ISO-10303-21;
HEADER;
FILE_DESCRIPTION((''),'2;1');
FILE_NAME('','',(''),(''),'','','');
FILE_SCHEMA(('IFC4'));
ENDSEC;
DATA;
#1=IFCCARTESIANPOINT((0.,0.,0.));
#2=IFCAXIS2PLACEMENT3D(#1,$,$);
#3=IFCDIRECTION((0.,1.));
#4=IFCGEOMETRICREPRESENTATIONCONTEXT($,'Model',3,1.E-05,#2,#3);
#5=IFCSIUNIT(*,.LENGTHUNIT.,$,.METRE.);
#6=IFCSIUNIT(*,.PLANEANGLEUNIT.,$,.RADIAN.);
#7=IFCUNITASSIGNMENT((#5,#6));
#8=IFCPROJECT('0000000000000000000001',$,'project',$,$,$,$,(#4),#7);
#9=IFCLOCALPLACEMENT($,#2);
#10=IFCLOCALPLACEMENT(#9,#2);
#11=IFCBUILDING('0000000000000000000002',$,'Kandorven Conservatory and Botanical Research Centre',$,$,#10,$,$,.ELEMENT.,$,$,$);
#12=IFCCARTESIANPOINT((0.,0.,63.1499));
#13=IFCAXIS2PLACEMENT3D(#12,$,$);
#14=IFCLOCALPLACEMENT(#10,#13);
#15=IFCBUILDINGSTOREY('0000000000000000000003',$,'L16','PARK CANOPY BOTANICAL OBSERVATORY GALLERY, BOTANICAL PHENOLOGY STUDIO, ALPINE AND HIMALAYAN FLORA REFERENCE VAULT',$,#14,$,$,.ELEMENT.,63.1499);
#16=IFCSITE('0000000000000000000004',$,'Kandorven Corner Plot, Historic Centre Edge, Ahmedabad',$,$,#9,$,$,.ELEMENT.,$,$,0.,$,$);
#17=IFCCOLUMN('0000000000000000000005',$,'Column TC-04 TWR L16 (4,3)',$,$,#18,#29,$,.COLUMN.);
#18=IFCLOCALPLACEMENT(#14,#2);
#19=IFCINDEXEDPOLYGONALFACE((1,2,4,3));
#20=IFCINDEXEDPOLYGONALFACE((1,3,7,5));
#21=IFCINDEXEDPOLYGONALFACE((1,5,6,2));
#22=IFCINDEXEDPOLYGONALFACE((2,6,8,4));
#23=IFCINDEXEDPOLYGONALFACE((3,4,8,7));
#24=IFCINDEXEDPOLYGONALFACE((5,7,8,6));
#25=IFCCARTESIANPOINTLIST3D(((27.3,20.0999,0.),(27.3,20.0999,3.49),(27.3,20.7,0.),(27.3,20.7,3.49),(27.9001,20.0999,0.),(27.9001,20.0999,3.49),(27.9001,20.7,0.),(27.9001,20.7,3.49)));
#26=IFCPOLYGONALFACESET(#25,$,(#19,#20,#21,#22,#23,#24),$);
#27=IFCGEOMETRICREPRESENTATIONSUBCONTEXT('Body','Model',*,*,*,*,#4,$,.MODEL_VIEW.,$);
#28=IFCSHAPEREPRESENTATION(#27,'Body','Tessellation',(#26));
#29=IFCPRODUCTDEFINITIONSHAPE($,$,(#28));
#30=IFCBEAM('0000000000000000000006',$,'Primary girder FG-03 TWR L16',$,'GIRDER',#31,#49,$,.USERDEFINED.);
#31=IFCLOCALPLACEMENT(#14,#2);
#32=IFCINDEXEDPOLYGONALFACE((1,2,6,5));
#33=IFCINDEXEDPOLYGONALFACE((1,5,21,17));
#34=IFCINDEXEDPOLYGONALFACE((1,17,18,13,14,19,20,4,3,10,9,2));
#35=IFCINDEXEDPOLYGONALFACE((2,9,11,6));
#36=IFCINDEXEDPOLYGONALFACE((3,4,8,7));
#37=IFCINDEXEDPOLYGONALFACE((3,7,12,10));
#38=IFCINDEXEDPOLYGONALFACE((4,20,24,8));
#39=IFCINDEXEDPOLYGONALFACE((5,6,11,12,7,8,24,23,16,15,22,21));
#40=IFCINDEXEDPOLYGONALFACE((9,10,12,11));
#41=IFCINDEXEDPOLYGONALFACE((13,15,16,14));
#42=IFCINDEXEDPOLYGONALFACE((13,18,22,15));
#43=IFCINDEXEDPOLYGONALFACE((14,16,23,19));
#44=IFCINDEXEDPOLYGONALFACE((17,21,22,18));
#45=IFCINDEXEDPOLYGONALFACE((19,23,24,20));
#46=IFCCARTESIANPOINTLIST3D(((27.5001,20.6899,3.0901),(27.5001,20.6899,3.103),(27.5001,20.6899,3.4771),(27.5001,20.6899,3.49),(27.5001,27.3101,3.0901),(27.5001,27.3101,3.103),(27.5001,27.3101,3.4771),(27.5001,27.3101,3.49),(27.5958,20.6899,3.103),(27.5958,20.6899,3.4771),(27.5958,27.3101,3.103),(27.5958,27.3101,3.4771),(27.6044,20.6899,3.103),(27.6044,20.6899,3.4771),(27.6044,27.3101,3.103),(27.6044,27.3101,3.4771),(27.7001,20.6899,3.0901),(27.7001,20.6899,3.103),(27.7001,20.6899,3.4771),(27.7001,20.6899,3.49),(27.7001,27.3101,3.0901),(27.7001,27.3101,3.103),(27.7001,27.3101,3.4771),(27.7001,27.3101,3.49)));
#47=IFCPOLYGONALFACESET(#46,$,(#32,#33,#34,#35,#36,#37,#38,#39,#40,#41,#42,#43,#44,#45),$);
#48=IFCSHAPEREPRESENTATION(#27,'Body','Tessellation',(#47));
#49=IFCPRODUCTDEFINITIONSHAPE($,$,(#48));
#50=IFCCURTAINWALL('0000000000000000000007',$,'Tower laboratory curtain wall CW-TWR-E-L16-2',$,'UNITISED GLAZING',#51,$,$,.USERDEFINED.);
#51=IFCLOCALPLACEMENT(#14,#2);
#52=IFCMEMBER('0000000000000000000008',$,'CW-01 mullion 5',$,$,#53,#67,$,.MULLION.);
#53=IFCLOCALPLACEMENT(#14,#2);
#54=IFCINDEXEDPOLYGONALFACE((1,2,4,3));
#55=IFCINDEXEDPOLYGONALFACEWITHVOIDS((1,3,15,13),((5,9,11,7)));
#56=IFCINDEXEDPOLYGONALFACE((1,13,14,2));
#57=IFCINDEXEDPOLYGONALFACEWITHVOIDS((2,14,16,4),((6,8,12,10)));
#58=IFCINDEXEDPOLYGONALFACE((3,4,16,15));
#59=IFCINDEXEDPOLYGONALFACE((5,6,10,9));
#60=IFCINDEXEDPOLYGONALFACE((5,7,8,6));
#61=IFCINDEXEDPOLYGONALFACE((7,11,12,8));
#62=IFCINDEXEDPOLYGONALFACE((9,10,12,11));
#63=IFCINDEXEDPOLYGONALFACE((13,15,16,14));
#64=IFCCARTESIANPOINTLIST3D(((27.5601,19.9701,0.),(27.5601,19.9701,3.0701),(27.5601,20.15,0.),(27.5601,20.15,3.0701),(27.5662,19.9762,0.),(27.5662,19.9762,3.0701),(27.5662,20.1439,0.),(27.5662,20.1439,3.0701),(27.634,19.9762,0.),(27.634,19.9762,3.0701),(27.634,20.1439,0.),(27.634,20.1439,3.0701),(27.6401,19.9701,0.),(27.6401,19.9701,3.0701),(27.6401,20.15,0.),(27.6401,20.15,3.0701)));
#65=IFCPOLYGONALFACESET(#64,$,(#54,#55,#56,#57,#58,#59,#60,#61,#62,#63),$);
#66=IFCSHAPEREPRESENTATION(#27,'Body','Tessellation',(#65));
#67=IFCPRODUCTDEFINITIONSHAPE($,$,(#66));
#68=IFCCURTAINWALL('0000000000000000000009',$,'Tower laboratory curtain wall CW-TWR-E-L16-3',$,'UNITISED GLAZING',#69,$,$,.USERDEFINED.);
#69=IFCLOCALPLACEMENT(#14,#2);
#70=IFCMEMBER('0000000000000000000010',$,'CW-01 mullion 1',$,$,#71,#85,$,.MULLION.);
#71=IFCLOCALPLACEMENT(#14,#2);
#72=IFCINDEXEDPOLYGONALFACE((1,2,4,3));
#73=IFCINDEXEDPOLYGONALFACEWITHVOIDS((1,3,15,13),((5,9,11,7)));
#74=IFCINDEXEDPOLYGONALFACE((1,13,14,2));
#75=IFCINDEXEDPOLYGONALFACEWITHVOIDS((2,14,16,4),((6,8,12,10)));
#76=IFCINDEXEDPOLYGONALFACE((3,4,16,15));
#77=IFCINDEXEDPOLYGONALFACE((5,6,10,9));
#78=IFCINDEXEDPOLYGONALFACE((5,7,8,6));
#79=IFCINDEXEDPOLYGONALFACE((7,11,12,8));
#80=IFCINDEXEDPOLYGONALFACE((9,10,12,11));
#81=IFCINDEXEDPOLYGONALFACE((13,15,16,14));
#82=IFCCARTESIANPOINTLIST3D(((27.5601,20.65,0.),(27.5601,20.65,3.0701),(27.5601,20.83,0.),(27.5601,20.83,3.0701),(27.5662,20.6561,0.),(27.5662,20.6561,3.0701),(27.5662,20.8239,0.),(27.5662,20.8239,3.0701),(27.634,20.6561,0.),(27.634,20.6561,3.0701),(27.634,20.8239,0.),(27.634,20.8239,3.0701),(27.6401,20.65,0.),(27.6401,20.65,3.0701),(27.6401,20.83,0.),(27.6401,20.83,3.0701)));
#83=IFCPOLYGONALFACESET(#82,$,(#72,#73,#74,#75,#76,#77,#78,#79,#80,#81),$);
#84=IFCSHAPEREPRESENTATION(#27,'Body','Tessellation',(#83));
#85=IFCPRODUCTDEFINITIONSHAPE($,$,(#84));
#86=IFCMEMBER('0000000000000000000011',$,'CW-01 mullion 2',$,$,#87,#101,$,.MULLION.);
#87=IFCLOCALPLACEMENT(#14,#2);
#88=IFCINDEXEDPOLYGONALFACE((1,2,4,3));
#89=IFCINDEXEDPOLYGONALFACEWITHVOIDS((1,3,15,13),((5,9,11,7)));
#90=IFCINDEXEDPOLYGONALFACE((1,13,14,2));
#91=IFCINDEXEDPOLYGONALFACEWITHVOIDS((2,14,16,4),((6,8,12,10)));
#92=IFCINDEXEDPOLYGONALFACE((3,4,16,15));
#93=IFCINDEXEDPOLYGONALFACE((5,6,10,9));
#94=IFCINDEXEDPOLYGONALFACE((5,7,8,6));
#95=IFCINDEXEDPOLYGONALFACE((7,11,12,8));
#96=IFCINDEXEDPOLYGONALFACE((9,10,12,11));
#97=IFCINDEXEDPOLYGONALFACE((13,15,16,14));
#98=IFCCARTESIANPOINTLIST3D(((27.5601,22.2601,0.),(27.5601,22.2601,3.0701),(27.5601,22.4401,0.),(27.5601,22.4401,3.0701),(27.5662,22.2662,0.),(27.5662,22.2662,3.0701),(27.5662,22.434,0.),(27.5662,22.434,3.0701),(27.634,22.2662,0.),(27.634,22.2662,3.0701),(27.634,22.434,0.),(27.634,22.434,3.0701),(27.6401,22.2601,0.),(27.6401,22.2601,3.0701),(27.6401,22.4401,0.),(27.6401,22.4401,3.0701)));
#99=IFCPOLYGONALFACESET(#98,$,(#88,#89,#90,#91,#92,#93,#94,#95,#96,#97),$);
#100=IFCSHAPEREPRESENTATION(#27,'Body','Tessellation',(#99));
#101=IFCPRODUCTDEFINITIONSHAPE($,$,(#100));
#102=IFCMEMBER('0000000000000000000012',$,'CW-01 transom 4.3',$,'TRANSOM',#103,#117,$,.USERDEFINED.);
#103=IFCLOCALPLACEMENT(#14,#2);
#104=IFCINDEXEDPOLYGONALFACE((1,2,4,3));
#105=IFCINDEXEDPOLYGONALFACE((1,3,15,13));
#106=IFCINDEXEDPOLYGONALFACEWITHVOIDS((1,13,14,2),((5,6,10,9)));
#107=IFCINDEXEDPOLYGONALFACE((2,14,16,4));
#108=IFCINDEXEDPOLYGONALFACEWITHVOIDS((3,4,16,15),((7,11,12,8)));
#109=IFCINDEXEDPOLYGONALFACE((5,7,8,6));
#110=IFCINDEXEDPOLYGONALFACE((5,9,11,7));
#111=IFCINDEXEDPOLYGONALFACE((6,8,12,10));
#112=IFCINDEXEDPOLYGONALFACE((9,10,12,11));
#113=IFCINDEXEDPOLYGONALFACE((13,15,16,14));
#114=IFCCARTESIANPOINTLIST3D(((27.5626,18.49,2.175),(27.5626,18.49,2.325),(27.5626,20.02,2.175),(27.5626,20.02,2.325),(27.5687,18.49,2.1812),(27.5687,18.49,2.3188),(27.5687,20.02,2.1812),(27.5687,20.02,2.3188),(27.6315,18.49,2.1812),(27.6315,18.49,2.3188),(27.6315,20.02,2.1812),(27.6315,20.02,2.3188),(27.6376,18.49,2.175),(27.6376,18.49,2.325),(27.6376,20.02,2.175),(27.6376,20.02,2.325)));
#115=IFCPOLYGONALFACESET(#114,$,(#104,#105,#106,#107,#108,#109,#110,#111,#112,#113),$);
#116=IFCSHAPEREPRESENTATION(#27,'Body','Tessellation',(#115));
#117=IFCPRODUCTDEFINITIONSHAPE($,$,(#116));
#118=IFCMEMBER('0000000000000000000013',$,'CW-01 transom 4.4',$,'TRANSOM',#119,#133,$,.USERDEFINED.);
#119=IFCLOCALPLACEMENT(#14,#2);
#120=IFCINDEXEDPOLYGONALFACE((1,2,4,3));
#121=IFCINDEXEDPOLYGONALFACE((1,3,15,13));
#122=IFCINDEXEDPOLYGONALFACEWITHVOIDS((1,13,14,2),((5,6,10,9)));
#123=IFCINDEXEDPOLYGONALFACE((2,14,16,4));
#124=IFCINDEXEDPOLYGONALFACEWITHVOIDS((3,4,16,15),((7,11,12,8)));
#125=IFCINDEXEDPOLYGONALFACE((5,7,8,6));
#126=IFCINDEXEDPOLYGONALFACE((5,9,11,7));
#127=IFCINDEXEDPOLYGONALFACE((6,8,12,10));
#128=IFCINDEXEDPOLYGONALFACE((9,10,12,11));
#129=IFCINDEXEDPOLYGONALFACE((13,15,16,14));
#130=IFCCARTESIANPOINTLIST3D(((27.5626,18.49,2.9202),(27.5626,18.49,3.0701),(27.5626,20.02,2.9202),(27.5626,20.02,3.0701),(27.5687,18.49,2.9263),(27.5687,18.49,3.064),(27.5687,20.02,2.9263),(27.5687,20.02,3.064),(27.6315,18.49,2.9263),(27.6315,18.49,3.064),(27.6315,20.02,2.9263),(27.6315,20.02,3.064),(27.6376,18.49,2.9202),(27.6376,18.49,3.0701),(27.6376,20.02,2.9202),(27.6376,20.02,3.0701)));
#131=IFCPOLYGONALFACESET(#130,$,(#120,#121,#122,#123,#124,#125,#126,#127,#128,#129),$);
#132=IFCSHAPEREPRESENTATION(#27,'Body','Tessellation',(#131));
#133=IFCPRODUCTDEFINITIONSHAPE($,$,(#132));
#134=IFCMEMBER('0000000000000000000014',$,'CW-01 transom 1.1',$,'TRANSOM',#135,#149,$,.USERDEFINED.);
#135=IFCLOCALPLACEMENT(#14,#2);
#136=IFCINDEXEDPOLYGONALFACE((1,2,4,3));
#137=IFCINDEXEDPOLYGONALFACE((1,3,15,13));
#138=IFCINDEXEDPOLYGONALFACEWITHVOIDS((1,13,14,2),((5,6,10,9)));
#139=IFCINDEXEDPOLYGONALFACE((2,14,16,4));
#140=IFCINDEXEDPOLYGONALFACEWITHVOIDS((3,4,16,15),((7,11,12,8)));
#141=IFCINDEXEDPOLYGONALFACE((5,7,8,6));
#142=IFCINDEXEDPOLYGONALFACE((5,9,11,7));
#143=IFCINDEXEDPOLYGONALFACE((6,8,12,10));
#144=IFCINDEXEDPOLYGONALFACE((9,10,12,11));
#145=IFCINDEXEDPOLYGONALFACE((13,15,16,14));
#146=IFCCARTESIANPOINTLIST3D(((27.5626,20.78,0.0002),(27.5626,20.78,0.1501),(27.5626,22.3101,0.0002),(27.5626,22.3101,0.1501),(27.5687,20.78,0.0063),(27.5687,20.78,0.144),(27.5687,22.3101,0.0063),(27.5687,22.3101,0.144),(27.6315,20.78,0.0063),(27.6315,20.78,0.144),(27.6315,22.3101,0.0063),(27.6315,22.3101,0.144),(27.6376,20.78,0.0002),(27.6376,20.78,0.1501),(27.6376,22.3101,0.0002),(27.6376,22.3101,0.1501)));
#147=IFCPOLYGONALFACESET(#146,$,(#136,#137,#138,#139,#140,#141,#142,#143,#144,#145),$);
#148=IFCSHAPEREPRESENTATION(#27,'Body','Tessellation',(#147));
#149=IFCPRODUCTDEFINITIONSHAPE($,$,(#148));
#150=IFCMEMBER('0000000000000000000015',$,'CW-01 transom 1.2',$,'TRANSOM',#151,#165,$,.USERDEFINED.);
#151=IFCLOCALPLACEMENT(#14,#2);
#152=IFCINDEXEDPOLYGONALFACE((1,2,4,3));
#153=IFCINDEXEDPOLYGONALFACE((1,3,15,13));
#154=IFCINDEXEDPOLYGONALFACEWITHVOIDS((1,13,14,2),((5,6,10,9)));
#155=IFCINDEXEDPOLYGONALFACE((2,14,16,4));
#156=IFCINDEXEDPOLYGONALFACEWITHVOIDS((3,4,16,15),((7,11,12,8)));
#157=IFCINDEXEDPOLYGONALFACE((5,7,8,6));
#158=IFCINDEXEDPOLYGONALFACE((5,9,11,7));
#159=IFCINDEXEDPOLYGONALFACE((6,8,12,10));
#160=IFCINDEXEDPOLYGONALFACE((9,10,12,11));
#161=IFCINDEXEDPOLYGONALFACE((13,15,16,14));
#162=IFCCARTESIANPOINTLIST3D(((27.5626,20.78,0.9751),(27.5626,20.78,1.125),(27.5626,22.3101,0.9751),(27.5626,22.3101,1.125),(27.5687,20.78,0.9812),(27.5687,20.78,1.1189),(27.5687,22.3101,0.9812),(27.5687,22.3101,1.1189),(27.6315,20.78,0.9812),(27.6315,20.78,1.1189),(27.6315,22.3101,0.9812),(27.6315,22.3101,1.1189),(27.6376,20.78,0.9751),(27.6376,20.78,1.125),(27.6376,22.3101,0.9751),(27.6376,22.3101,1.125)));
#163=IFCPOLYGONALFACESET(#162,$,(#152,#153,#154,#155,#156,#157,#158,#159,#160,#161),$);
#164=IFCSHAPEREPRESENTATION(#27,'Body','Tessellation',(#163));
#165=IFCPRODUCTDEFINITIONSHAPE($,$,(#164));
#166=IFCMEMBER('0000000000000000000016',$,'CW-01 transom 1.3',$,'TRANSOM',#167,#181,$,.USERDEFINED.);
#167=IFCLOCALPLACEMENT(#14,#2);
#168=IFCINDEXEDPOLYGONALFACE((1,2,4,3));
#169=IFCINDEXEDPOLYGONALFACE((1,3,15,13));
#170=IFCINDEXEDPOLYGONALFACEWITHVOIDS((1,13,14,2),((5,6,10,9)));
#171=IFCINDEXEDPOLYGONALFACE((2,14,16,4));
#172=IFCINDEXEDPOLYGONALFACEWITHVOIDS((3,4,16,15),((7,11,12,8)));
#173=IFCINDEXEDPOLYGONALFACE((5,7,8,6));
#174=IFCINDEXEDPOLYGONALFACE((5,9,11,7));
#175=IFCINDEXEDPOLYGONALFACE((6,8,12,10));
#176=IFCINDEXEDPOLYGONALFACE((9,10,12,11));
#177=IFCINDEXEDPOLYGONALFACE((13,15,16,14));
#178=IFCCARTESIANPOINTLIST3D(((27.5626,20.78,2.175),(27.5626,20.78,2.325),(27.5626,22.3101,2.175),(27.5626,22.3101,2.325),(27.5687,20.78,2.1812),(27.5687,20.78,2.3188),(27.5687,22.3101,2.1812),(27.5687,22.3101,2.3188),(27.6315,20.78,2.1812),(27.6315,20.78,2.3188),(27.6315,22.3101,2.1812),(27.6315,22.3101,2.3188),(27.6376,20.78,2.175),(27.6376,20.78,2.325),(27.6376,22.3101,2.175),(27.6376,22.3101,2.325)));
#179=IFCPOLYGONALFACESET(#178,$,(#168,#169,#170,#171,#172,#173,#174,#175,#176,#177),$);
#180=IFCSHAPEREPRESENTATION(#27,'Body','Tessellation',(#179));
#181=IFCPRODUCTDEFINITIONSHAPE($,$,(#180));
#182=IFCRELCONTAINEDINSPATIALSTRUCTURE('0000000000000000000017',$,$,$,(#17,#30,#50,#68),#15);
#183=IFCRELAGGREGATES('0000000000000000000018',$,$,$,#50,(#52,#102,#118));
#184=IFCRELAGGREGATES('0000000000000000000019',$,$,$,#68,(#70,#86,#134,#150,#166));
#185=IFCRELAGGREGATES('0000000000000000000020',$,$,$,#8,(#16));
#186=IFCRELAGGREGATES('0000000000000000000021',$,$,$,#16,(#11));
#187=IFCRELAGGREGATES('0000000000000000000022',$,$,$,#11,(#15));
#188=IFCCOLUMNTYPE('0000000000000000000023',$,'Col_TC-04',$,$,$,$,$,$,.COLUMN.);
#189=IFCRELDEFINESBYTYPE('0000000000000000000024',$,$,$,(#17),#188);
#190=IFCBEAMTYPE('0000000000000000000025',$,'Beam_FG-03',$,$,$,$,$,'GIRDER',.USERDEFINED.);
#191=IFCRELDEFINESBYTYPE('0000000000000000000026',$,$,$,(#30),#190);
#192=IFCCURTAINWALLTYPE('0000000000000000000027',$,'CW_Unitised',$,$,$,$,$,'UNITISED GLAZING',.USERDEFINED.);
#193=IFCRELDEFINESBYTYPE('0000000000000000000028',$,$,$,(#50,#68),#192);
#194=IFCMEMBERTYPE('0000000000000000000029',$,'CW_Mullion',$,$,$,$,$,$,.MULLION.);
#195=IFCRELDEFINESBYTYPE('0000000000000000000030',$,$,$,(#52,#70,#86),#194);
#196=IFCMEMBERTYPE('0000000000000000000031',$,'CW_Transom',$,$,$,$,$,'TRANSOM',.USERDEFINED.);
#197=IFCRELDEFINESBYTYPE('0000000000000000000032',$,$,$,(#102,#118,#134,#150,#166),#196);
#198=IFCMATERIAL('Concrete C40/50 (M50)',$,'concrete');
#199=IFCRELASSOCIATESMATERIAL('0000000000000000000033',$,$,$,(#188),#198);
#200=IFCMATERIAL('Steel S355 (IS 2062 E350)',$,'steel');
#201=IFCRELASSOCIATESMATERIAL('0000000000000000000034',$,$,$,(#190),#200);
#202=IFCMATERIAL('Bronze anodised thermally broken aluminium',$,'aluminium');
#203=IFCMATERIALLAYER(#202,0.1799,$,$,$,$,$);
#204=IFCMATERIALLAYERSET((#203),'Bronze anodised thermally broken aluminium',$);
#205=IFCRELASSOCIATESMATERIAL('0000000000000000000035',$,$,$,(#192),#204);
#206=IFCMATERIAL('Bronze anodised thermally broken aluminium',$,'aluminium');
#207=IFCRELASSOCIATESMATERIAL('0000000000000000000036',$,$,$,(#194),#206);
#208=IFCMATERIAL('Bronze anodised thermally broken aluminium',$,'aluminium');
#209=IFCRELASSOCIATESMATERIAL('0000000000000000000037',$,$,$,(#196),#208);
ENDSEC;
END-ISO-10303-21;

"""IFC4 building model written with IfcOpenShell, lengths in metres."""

from ifc_helpers import new_model, si_unit, direction, frame, origin, origin_2d, place, context, subcontext, project, spatial, rectangle, hollow_rectangle, i_section, extrude, material, layer, layer_set, material_profile, profile_set, type_object, element, aggregate, save


model = new_model("IFC4")

# Units and contexts
model_context = context("Model", 3, precision=1e-05, world=origin(), true_north=direction((0.0, 1.0)))
body_context = subcontext(model_context, "Body", "Model", "MODEL_VIEW")
ifc_project = project(units=[si_unit("LENGTHUNIT", "METRE"), si_unit("PLANEANGLEUNIT", "RADIAN")], contexts=[model_context])

# Site, building, storey
site_placement = place(None, origin())
site = spatial("IfcSite", under=ifc_project, at=site_placement, Name="Kandorven Corner Plot, Historic Centre Edge, Ahmedabad", CompositionType="ELEMENT", RefElevation=0.0)
building_placement = place(site_placement, origin())
building = spatial("IfcBuilding", under=site, at=building_placement, Name="Kandorven Conservatory and Botanical Research Centre", CompositionType="ELEMENT")
storey_placement = place(building_placement, frame((0.0, 0.0, 63.1499)))
storey = spatial("IfcBuildingStorey", under=building, at=storey_placement, Name="L16", Description="PARK CANOPY BOTANICAL OBSERVATORY GALLERY, BOTANICAL PHENOLOGY STUDIO, ALPINE AND HIMALAYAN FLORA REFERENCE VAULT", CompositionType="ELEMENT", Elevation=63.1499)

# Column
ifc_material_1 = material(Name="Concrete C40/50 (M50)", Category="concrete")
ifc_material_profile_1 = material_profile(ifc_material_1, rectangle(XDim=0.6001, YDim=0.6001, at=origin_2d()))
ifc_profile_set_1 = profile_set([ifc_material_profile_1], Name="Concrete C40/50 (M50)")
column_type = type_object("IfcColumnType", Name="Col_TC-04", PredefinedType="COLUMN", material=ifc_profile_set_1)
column_placement = place(storey_placement, frame((27.6001, 20.3999, 0.0), z_axis=(0.0, 0.0, 1.0), x_axis=(1.0, 0.0, 0.0)))
element("IfcColumn", 1, at=column_placement, inside=storey, type_object=column_type, Name="Column TC-04 TWR L16 (4,3)", PredefinedType="COLUMN", context=body_context, shape_type="SweptSolid", body=[
    extrude(rectangle(XDim=0.6001, YDim=0.6001, at=origin_2d()), origin(), (0.0, 0.0, 1.0), 3.49),
])

# Beam
ifc_material_2 = material(Name="Steel S355 (IS 2062 E350)", Category="steel")
ifc_material_profile_2 = material_profile(ifc_material_2, i_section(OverallWidth=0.2, OverallDepth=0.3999, WebThickness=0.0085, FlangeThickness=0.0129, at=origin_2d()))
ifc_profile_set_2 = profile_set([ifc_material_profile_2], Name="Steel S355 (IS 2062 E350)")
beam_type = type_object("IfcBeamType", Name="Beam_FG-03", ElementType="GIRDER", PredefinedType="USERDEFINED", material=ifc_profile_set_2)
beam_placement = place(storey_placement, frame((27.6001, 20.6899, 3.29), z_axis=(0.0, 1.0, 0.0), x_axis=(-1.0, 0.0, 0.0)))
element("IfcBeam", 2, at=beam_placement, inside=storey, type_object=beam_type, Name="Primary girder FG-03 TWR L16", ObjectType="GIRDER", PredefinedType="USERDEFINED", context=body_context, shape_type="SweptSolid", body=[
    extrude(i_section(OverallWidth=0.2, OverallDepth=0.3999, WebThickness=0.0085, FlangeThickness=0.0129, at=origin_2d()), origin(), (0.0, 0.0, 1.0), 6.6201),
])

# Curtain wall, member
ifc_material_3 = material(Name="Bronze anodised thermally broken aluminium", Category="aluminium")
ifc_layer_1 = layer(ifc_material_3, 0.1799)
ifc_layer_set_1 = layer_set([ifc_layer_1], Name="Bronze anodised thermally broken aluminium")
curtain_wall_type = type_object("IfcCurtainWallType", Name="CW_Unitised", ElementType="UNITISED GLAZING", PredefinedType="USERDEFINED", material=ifc_layer_set_1)
curtain_wall_1_placement = place(storey_placement, origin())
curtain_wall_1 = element("IfcCurtainWall", 3, at=curtain_wall_1_placement, inside=storey, type_object=curtain_wall_type, Name="Tower laboratory curtain wall CW-TWR-E-L16-2", ObjectType="UNITISED GLAZING", PredefinedType="USERDEFINED")
ifc_material_4 = material(Name="Bronze anodised thermally broken aluminium", Category="aluminium")
ifc_material_profile_3 = material_profile(ifc_material_4, hollow_rectangle(XDim=0.0801, YDim=0.1799, WallThickness=0.0061, at=origin_2d()))
ifc_profile_set_3 = profile_set([ifc_material_profile_3], Name="Bronze anodised thermally broken aluminium")
member_type_1 = type_object("IfcMemberType", Name="CW_Mullion", PredefinedType="MULLION", material=ifc_profile_set_3)
member_1_placement = place(storey_placement, frame((27.6001, 20.0601, 0.0), z_axis=(0.0, 0.0, 1.0), x_axis=(-1.0, 0.0, 0.0)))
member_1 = element("IfcMember", 4, at=member_1_placement, type_object=member_type_1, Name="CW-01 mullion 5", PredefinedType="MULLION", context=body_context, shape_type="SweptSolid", body=[
    extrude(hollow_rectangle(XDim=0.0801, YDim=0.1799, WallThickness=0.0061, at=origin_2d()), origin(), (0.0, 0.0, 1.0), 3.0701),
])

# Curtain wall, members
curtain_wall_2_placement = place(storey_placement, origin())
curtain_wall_2 = element("IfcCurtainWall", 5, at=curtain_wall_2_placement, inside=storey, type_object=curtain_wall_type, Name="Tower laboratory curtain wall CW-TWR-E-L16-3", ObjectType="UNITISED GLAZING", PredefinedType="USERDEFINED")
member_2_placement = place(storey_placement, frame((27.6001, 20.74, 0.0), z_axis=(0.0, 0.0, 1.0), x_axis=(-1.0, 0.0, 0.0)))
member_2 = element("IfcMember", 6, at=member_2_placement, type_object=member_type_1, Name="CW-01 mullion 1", PredefinedType="MULLION", context=body_context, shape_type="SweptSolid", body=[
    extrude(hollow_rectangle(XDim=0.0801, YDim=0.1799, WallThickness=0.0061, at=origin_2d()), origin(), (0.0, 0.0, 1.0), 3.0701),
])
member_3_placement = place(storey_placement, frame((27.6001, 22.3501, 0.0), z_axis=(0.0, 0.0, 1.0), x_axis=(-1.0, 0.0, 0.0)))
member_3 = element("IfcMember", 7, at=member_3_placement, type_object=member_type_1, Name="CW-01 mullion 2", PredefinedType="MULLION", context=body_context, shape_type="SweptSolid", body=[
    extrude(hollow_rectangle(XDim=0.0801, YDim=0.1799, WallThickness=0.0061, at=origin_2d()), origin(), (0.0, 0.0, 1.0), 3.0701),
])

# Members
ifc_material_5 = material(Name="Bronze anodised thermally broken aluminium", Category="aluminium")
ifc_material_profile_4 = material_profile(ifc_material_5, hollow_rectangle(XDim=0.075, YDim=0.1499, WallThickness=0.0061, at=origin_2d()))
ifc_profile_set_4 = profile_set([ifc_material_profile_4], Name="Bronze anodised thermally broken aluminium")
member_type_2 = type_object("IfcMemberType", Name="CW_Transom", ElementType="TRANSOM", PredefinedType="USERDEFINED", material=ifc_profile_set_4)
member_4_placement = place(storey_placement, frame((27.6001, 18.49, 2.25), z_axis=(0.0, 1.0, 0.0), x_axis=(-1.0, 0.0, 0.0)))
member_4 = element("IfcMember", 8, at=member_4_placement, type_object=member_type_2, Name="CW-01 transom 4.3", ObjectType="TRANSOM", PredefinedType="USERDEFINED", context=body_context, shape_type="SweptSolid", body=[
    extrude(hollow_rectangle(XDim=0.075, YDim=0.1499, WallThickness=0.0061, at=origin_2d()), origin(), (0.0, 0.0, 1.0), 1.53),
])
member_5_placement = place(storey_placement, frame((27.6001, 18.49, 2.9951), z_axis=(0.0, 1.0, 0.0), x_axis=(-1.0, 0.0, 0.0)))
member_5 = element("IfcMember", 9, at=member_5_placement, type_object=member_type_2, Name="CW-01 transom 4.4", ObjectType="TRANSOM", PredefinedType="USERDEFINED", context=body_context, shape_type="SweptSolid", body=[
    extrude(hollow_rectangle(XDim=0.075, YDim=0.1499, WallThickness=0.0061, at=origin_2d()), origin(), (0.0, 0.0, 1.0), 1.53),
])
member_6_placement = place(storey_placement, frame((27.6001, 20.78, 0.0752), z_axis=(0.0, 1.0, 0.0), x_axis=(-1.0, 0.0, 0.0)))
member_6 = element("IfcMember", 10, at=member_6_placement, type_object=member_type_2, Name="CW-01 transom 1.1", ObjectType="TRANSOM", PredefinedType="USERDEFINED", context=body_context, shape_type="SweptSolid", body=[
    extrude(hollow_rectangle(XDim=0.075, YDim=0.1499, WallThickness=0.0061, at=origin_2d()), origin(), (0.0, 0.0, 1.0), 1.53),
])
member_7_placement = place(storey_placement, frame((27.6001, 20.78, 1.05), z_axis=(0.0, 1.0, 0.0), x_axis=(-1.0, 0.0, 0.0)))
member_7 = element("IfcMember", 11, at=member_7_placement, type_object=member_type_2, Name="CW-01 transom 1.2", ObjectType="TRANSOM", PredefinedType="USERDEFINED", context=body_context, shape_type="SweptSolid", body=[
    extrude(hollow_rectangle(XDim=0.075, YDim=0.1499, WallThickness=0.0061, at=origin_2d()), origin(), (0.0, 0.0, 1.0), 1.53),
])
member_8_placement = place(storey_placement, frame((27.6001, 20.78, 2.25), z_axis=(0.0, 1.0, 0.0), x_axis=(-1.0, 0.0, 0.0)))
member_8 = element("IfcMember", 12, at=member_8_placement, type_object=member_type_2, Name="CW-01 transom 1.3", ObjectType="TRANSOM", PredefinedType="USERDEFINED", context=body_context, shape_type="SweptSolid", body=[
    extrude(hollow_rectangle(XDim=0.075, YDim=0.1499, WallThickness=0.0061, at=origin_2d()), origin(), (0.0, 0.0, 1.0), 1.53),
])

aggregate(curtain_wall_1, [member_1, member_4, member_5])
aggregate(curtain_wall_2, [member_2, member_3, member_6, member_7, member_8])

save(model, "model.ifc")
